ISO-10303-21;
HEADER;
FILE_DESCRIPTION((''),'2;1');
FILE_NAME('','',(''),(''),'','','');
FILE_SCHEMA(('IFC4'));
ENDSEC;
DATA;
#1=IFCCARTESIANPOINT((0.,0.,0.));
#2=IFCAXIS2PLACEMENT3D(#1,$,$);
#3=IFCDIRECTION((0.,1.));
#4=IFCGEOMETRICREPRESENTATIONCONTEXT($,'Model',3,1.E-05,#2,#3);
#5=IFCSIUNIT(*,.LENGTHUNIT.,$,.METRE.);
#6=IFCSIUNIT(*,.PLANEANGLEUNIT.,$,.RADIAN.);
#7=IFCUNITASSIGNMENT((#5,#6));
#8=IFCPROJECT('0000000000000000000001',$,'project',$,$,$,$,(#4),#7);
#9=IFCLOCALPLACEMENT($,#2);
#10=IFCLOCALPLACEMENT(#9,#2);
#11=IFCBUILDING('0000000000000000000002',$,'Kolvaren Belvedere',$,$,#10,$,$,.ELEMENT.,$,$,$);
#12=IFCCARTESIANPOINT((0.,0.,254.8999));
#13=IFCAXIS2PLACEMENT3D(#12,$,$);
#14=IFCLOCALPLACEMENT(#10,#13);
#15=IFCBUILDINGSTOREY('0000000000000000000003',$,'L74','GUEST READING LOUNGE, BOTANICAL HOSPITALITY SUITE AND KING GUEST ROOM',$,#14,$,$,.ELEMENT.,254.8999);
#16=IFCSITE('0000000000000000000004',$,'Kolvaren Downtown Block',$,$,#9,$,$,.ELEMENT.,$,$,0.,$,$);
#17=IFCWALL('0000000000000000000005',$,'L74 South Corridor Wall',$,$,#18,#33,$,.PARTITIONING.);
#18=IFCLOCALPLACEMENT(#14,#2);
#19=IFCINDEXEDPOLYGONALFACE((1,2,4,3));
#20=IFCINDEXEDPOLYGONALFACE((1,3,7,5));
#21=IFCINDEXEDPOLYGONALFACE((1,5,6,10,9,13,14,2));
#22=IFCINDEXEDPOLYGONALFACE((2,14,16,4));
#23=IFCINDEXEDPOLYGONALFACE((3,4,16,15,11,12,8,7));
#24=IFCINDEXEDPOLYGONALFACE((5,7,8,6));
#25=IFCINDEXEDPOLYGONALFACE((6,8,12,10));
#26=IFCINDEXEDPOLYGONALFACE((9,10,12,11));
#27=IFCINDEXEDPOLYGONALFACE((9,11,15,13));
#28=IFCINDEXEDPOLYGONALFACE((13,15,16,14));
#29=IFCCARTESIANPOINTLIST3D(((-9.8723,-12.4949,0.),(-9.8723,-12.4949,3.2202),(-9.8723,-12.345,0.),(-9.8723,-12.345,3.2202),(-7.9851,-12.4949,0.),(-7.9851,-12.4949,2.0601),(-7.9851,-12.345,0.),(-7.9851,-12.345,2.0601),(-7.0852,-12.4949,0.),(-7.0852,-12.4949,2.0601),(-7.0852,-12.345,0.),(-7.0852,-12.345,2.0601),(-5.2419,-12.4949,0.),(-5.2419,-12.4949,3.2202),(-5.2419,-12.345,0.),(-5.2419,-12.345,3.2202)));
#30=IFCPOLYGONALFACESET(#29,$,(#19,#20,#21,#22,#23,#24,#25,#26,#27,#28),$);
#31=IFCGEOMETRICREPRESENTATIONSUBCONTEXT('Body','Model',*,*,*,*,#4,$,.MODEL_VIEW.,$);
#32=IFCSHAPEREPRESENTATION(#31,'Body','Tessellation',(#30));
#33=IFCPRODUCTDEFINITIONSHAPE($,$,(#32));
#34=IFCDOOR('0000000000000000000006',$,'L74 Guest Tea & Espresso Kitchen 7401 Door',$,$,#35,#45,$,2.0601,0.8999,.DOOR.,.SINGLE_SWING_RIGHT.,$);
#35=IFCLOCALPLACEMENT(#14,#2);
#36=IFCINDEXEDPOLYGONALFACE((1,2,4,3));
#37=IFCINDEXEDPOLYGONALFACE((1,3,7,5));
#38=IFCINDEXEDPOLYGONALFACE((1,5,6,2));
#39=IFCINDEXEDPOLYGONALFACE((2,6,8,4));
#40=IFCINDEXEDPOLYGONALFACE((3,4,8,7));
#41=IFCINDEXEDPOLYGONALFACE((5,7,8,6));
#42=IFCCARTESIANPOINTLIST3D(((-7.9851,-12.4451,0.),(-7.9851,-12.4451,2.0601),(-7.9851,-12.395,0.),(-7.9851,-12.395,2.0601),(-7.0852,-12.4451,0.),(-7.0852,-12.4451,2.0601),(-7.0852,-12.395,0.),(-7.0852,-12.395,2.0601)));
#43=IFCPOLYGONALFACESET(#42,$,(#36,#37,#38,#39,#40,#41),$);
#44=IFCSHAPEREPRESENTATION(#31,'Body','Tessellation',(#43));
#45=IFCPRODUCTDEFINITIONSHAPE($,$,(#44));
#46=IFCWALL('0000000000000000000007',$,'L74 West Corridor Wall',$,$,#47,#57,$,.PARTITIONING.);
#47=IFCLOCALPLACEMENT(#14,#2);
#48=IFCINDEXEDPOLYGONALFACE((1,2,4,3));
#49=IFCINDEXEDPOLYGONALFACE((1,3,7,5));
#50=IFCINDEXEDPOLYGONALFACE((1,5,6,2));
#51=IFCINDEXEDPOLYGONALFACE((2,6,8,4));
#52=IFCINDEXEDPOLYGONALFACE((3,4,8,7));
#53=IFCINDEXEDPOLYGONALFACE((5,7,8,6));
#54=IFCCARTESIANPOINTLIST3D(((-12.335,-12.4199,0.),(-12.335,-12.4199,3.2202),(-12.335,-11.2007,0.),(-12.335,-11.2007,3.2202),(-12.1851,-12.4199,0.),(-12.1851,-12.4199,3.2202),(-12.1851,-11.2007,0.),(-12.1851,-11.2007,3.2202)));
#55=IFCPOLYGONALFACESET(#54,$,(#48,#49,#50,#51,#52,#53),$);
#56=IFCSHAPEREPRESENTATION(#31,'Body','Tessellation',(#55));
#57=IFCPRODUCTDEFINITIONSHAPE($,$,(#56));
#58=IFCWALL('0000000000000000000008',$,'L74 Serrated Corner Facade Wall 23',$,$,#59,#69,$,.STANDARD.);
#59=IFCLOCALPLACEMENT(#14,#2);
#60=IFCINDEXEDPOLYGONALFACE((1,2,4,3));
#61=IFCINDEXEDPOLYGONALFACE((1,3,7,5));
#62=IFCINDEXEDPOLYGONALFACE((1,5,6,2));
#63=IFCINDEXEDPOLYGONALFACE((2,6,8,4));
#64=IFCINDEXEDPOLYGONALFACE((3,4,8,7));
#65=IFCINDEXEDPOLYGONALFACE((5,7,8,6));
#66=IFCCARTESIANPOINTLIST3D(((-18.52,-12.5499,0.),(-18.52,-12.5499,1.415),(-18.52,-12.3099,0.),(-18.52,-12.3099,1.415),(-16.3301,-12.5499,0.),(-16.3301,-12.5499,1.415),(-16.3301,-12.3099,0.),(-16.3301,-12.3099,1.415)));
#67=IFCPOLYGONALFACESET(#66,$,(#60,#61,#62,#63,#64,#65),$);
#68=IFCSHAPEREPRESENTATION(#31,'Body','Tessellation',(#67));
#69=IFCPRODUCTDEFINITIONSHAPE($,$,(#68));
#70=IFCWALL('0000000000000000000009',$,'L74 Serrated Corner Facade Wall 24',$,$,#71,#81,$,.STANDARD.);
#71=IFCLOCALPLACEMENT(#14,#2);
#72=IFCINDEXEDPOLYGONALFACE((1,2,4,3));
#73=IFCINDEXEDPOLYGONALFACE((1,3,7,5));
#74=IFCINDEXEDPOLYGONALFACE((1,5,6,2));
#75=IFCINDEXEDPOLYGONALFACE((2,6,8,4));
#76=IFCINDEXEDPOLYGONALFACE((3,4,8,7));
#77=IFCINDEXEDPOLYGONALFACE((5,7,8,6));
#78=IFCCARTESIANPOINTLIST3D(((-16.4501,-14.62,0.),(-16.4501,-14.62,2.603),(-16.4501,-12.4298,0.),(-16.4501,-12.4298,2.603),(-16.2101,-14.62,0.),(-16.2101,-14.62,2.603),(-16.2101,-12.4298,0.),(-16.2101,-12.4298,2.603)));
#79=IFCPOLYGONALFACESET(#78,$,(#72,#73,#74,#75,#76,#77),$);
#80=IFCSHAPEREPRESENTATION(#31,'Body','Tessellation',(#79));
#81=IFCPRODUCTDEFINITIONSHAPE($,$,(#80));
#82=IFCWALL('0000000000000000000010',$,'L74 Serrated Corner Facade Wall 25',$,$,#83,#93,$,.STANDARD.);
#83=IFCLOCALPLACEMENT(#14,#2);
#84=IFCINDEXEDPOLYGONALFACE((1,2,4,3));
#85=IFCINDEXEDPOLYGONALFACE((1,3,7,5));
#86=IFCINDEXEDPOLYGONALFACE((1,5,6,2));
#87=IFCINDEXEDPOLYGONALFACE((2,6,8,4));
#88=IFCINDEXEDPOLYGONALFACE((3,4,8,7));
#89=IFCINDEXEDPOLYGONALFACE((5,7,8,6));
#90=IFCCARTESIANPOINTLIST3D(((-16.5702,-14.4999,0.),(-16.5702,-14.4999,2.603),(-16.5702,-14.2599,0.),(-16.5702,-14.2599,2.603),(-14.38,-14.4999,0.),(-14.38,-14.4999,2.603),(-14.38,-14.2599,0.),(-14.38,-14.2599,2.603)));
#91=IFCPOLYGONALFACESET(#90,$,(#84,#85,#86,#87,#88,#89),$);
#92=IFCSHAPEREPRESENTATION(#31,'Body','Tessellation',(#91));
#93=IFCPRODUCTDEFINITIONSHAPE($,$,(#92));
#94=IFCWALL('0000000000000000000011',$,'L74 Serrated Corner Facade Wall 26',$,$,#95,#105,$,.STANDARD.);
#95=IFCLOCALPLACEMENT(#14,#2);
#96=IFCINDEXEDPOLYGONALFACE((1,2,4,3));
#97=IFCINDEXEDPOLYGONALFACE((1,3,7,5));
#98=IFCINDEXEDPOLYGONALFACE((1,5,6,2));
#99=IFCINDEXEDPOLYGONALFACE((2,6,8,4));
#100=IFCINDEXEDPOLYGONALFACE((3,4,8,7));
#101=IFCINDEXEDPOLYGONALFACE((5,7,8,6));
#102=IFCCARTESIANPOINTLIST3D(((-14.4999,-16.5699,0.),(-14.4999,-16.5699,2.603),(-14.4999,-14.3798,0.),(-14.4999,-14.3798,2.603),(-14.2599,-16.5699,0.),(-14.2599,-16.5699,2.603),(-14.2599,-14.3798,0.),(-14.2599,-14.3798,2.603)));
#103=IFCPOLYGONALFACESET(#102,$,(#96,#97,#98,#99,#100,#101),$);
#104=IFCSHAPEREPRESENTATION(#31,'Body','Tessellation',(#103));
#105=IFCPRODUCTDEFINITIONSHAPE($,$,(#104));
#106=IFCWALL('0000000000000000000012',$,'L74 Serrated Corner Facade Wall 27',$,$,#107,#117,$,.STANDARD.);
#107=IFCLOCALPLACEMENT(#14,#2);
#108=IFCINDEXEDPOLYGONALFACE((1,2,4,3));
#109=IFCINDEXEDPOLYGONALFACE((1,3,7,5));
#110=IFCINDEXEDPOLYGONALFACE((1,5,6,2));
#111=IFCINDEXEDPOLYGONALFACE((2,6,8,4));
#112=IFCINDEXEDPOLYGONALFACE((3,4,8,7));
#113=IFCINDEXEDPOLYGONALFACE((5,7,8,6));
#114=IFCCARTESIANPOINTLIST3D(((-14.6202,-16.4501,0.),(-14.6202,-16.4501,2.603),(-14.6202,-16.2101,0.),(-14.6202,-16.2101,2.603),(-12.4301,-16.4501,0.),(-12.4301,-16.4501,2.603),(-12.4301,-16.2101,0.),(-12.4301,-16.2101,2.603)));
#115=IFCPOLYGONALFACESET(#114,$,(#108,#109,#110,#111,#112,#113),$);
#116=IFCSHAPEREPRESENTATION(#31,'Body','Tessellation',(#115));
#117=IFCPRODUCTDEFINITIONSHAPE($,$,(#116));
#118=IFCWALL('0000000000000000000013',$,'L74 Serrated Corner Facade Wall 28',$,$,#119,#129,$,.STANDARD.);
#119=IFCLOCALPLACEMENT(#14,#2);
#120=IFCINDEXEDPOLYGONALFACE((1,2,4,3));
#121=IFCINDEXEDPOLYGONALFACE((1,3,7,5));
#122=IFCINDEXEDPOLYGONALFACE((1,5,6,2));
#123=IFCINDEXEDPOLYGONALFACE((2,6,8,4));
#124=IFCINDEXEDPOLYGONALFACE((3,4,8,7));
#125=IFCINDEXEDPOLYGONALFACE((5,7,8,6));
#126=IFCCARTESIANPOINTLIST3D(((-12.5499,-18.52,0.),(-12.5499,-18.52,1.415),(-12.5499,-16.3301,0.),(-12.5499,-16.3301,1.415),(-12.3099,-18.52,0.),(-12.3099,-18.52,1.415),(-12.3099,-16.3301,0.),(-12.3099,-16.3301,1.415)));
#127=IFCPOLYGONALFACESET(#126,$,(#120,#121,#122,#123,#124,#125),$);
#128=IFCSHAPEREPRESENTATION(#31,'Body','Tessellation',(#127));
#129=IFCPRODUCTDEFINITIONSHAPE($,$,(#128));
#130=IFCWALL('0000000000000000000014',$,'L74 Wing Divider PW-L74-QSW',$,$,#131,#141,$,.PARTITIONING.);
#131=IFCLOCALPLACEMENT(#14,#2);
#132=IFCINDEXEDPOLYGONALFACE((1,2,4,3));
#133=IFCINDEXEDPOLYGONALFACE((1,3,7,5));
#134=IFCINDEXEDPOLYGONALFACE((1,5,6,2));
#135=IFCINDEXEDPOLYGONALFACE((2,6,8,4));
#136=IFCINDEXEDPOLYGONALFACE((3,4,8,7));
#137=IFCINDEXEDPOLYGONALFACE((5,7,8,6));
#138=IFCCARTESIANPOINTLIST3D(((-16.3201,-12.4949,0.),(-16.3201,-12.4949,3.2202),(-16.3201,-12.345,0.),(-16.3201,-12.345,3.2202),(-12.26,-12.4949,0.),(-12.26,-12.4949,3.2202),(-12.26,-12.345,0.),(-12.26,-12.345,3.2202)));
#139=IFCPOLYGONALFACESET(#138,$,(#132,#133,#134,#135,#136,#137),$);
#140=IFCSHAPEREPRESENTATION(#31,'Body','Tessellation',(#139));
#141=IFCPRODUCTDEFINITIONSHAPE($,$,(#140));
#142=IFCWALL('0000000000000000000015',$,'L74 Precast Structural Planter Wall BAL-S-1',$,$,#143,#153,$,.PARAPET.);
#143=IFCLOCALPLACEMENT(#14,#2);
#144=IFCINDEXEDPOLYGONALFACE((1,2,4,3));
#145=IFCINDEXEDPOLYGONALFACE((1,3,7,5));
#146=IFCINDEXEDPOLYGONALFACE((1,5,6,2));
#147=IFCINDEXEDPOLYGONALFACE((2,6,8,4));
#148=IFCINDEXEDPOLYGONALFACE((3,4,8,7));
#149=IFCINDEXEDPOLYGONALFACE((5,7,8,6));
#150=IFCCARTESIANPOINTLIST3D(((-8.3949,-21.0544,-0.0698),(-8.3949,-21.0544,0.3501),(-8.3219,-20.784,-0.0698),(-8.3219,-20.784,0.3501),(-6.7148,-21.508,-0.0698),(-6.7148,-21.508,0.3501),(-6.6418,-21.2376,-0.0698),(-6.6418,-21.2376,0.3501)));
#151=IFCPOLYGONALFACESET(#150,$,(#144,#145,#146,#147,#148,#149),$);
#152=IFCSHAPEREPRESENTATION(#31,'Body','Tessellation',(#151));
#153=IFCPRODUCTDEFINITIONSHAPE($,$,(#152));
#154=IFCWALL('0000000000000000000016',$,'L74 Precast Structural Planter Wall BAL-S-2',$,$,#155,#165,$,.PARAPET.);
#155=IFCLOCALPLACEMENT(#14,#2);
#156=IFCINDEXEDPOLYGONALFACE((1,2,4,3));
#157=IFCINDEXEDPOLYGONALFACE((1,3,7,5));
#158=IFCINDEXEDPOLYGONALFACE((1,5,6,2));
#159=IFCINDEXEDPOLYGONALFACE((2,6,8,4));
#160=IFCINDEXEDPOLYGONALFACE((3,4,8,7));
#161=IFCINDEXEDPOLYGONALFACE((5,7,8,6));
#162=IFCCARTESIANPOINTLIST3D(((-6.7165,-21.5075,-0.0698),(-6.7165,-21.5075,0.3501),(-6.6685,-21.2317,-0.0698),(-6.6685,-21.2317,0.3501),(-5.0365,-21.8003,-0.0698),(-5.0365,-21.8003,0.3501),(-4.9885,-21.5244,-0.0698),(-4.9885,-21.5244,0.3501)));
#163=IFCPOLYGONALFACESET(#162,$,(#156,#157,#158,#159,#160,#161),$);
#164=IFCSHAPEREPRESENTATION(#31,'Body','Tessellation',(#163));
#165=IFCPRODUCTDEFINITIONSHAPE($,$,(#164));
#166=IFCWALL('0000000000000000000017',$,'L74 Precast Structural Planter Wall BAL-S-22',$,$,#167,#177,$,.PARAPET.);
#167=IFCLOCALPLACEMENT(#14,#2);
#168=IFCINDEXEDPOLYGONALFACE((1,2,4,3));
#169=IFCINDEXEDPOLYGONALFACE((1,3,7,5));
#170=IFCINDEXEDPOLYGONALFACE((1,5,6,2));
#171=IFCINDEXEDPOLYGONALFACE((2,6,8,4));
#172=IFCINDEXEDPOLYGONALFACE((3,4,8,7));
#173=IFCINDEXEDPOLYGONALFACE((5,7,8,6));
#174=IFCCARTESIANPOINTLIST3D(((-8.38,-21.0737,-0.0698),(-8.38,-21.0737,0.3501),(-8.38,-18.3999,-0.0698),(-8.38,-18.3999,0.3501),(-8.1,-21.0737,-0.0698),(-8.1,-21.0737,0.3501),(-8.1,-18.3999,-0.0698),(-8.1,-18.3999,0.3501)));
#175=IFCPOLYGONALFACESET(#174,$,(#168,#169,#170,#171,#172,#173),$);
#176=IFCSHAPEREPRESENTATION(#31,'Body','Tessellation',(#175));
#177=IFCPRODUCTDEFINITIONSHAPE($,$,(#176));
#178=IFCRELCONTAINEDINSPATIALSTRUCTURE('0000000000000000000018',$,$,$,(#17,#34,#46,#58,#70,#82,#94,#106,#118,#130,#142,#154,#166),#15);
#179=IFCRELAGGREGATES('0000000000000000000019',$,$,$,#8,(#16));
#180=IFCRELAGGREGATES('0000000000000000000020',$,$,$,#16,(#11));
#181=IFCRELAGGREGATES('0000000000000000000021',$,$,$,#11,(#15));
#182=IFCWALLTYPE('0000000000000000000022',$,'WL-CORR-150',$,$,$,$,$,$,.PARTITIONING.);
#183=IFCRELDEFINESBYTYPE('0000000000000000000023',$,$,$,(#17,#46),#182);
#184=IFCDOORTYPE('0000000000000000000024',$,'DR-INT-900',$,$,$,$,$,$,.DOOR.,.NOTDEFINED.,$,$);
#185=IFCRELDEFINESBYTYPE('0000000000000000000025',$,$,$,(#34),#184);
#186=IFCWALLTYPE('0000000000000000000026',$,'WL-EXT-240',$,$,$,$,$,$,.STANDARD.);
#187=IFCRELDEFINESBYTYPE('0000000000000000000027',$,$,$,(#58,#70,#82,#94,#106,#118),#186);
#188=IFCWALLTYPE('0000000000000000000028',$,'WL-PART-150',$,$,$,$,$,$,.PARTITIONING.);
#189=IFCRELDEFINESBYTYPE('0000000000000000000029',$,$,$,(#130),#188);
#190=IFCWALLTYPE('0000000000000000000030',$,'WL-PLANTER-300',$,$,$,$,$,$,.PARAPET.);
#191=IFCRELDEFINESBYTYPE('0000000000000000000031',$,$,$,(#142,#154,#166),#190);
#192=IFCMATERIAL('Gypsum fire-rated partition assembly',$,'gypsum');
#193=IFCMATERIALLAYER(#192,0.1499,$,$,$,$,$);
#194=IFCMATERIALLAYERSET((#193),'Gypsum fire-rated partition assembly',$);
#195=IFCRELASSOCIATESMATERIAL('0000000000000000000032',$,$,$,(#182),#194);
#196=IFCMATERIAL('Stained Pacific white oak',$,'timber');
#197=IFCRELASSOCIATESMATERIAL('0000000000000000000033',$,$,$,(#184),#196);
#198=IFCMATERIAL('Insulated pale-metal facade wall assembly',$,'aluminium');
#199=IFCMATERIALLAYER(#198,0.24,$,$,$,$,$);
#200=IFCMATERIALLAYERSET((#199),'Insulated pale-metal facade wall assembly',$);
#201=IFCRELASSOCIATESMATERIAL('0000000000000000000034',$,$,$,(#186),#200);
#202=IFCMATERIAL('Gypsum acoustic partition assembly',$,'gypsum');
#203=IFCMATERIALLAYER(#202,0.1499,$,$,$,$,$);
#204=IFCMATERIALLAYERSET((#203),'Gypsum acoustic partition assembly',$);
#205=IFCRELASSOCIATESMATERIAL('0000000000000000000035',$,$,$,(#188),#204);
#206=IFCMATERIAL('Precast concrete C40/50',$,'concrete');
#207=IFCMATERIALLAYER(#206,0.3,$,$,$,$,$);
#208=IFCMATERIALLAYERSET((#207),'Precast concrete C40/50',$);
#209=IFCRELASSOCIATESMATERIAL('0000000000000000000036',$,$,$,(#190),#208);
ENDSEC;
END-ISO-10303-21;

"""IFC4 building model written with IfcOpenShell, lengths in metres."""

from ifc_helpers import new_model, si_unit, direction, frame, frame_2d, origin, place, context, subcontext, project, spatial, rectangle, extrude, material, layer, layer_set, type_object, element, fill, save


model = new_model("IFC4")

# Units and contexts
model_context = context("Model", 3, precision=1e-05, world=origin(), true_north=direction((0.0, 1.0)))
body_context = subcontext(model_context, "Body", "Model", "MODEL_VIEW")
ifc_project = project(units=[si_unit("LENGTHUNIT", "METRE"), si_unit("PLANEANGLEUNIT", "RADIAN")], contexts=[model_context])

# Site, building, storey
site_placement = place(None, origin())
site = spatial("IfcSite", under=ifc_project, at=site_placement, Name="Kolvaren Downtown Block", CompositionType="ELEMENT", RefElevation=0.0)
building_placement = place(site_placement, origin())
building = spatial("IfcBuilding", under=site, at=building_placement, Name="Kolvaren Belvedere", CompositionType="ELEMENT")
storey_placement = place(building_placement, frame((0.0, 0.0, 254.8999)))
storey = spatial("IfcBuildingStorey", under=building, at=storey_placement, Name="L74", Description="GUEST READING LOUNGE, BOTANICAL HOSPITALITY SUITE AND KING GUEST ROOM", CompositionType="ELEMENT", Elevation=254.8999)

# Shared definitions
ifc_material_1 = material(Name="Gypsum fire-rated partition assembly", Category="gypsum")
ifc_layer_1 = layer(ifc_material_1, 0.1499)
ifc_layer_set_1 = layer_set([ifc_layer_1], Name="Gypsum fire-rated partition assembly")
wall_type_1 = type_object("IfcWallType", Name="WL-CORR-150", PredefinedType="PARTITIONING", material=ifc_layer_set_1)

# Wall, opening, door
wall_1_placement = place(storey_placement, frame((-9.8723, -12.4199, 0.0), z_axis=(0.0, 0.0, 1.0), x_axis=(1.0, 0.0, 0.0)))
wall_1 = element("IfcWall", 1, at=wall_1_placement, inside=storey, type_object=wall_type_1, Name="L74 South Corridor Wall", PredefinedType="PARTITIONING", context=body_context, shape_type="SweptSolid", body=[
    extrude(rectangle(XDim=4.6304, YDim=0.1499, at=frame_2d((2.3152, 0.0))), origin(), (0.0, 0.0, 1.0), 3.2202),
])
opening_placement = place(wall_1_placement, frame((1.8872, 0.0, 0.0)))
opening = element("IfcOpeningElement", 2, at=opening_placement, cuts=wall_1, PredefinedType="OPENING", context=body_context, shape_type="SweptSolid", body=[
    extrude(rectangle(XDim=0.8999, YDim=2.0601, at=frame_2d((0.45, 1.03))), frame((0.0, 0.085, 0.0), z_axis=(0.0, -1.0, 0.0), x_axis=(1.0, 0.0, 0.0)), (0.0, 0.0, 1.0), 0.1699),
])
ifc_material_2 = material(Name="Stained Pacific white oak", Category="timber")
door_type = type_object("IfcDoorType", Name="DR-INT-900", OperationType="NOTDEFINED", PredefinedType="DOOR", material=ifc_material_2)
door_placement = place(opening_placement, origin())
door = element("IfcDoor", 3, at=door_placement, inside=storey, type_object=door_type, Name="L74 Guest Tea & Espresso Kitchen 7401 Door", OperationType="SINGLE_SWING_RIGHT", OverallHeight=2.0601, OverallWidth=0.8999, PredefinedType="DOOR", context=body_context, shape_type="SweptSolid", body=[
    extrude(rectangle(XDim=0.8999, YDim=2.0601, at=frame_2d((0.45, 1.03))), frame((0.0, 0.0249, 0.0), z_axis=(0.0, -1.0, 0.0), x_axis=(1.0, 0.0, 0.0)), (0.0, 0.0, 1.0), 0.05),
])
fill(opening, door)

# Walls
wall_2_placement = place(storey_placement, frame((-12.26, -12.4199, 0.0), z_axis=(0.0, 0.0, 1.0), x_axis=(0.0, 1.0, 0.0)))
element("IfcWall", 4, at=wall_2_placement, inside=storey, type_object=wall_type_1, Name="L74 West Corridor Wall", PredefinedType="PARTITIONING", context=body_context, shape_type="SweptSolid", body=[
    extrude(rectangle(XDim=1.2192, YDim=0.1499, at=frame_2d((0.6096, 0.0))), origin(), (0.0, 0.0, 1.0), 3.2202),
])
ifc_material_3 = material(Name="Insulated pale-metal facade wall assembly", Category="aluminium")
ifc_layer_2 = layer(ifc_material_3, 0.24)
ifc_layer_set_2 = layer_set([ifc_layer_2], Name="Insulated pale-metal facade wall assembly")
wall_type_2 = type_object("IfcWallType", Name="WL-EXT-240", PredefinedType="STANDARD", material=ifc_layer_set_2)
wall_3_placement = place(storey_placement, frame((-16.3301, -12.4299, 0.0), z_axis=(0.0, 0.0, 1.0), x_axis=(-1.0, 0.0, 0.0)))
element("IfcWall", 5, at=wall_3_placement, inside=storey, type_object=wall_type_2, Name="L74 Serrated Corner Facade Wall 23", PredefinedType="STANDARD", context=body_context, shape_type="SweptSolid", body=[
    extrude(rectangle(XDim=2.1899, YDim=0.24, at=frame_2d((1.095, 0.0))), origin(), (0.0, 0.0, 1.0), 1.415),
])
for number, where, z_axis, x_axis, name in (
    (6, (-16.3301, -14.6201, 0.0), (0.0, 0.0, 1.0), (0.0, 1.0, 0.0), "L74 Serrated Corner Facade Wall 24"),
    (7, (-14.3799, -14.3799, 0.0), (0.0, 0.0, 1.0), (-1.0, 0.0, 0.0), "L74 Serrated Corner Facade Wall 25"),
    (8, (-14.3799, -16.5701, 0.0), (0.0, 0.0, 1.0), (0.0, 1.0, 0.0), "L74 Serrated Corner Facade Wall 26"),
    (9, (-12.4299, -16.3301, 0.0), (0.0, 0.0, 1.0), (-1.0, 0.0, 0.0), "L74 Serrated Corner Facade Wall 27"),
):
    element("IfcWall", number, at=place(storey_placement, frame(where, z_axis=z_axis, x_axis=x_axis)), inside=storey, type_object=wall_type_2, Name=name, PredefinedType="STANDARD", context=body_context, shape_type="SweptSolid", body=[
        extrude(rectangle(XDim=2.1902, YDim=0.24, at=frame_2d((1.0952, 0.0))), origin(), (0.0, 0.0, 1.0), 2.603),
    ])
wall_4_placement = place(storey_placement, frame((-12.4299, -18.52, 0.0), z_axis=(0.0, 0.0, 1.0), x_axis=(0.0, 1.0, 0.0)))
element("IfcWall", 10, at=wall_4_placement, inside=storey, type_object=wall_type_2, Name="L74 Serrated Corner Facade Wall 28", PredefinedType="STANDARD", context=body_context, shape_type="SweptSolid", body=[
    extrude(rectangle(XDim=2.1899, YDim=0.24, at=frame_2d((1.095, 0.0))), origin(), (0.0, 0.0, 1.0), 1.415),
])
ifc_material_4 = material(Name="Gypsum acoustic partition assembly", Category="gypsum")
ifc_layer_3 = layer(ifc_material_4, 0.1499)
ifc_layer_set_3 = layer_set([ifc_layer_3], Name="Gypsum acoustic partition assembly")
wall_type_3 = type_object("IfcWallType", Name="WL-PART-150", PredefinedType="PARTITIONING", material=ifc_layer_set_3)
wall_5_placement = place(storey_placement, frame((-16.3201, -12.4199, 0.0), z_axis=(0.0, 0.0, 1.0), x_axis=(1.0, 0.0, 0.0)))
element("IfcWall", 11, at=wall_5_placement, inside=storey, type_object=wall_type_3, Name="L74 Wing Divider PW-L74-QSW", PredefinedType="PARTITIONING", context=body_context, shape_type="SweptSolid", body=[
    extrude(rectangle(XDim=4.0601, YDim=0.1499, at=frame_2d((2.03, 0.0))), origin(), (0.0, 0.0, 1.0), 3.2202),
])
ifc_material_5 = material(Name="Precast concrete C40/50", Category="concrete")
ifc_layer_4 = layer(ifc_material_5, 0.3)
ifc_layer_set_4 = layer_set([ifc_layer_4], Name="Precast concrete C40/50")
wall_type_4 = type_object("IfcWallType", Name="WL-PLANTER-300", PredefinedType="PARAPET", material=ifc_layer_set_4)
wall_6_placement = place(storey_placement, frame((-8.3584, -20.9192, -0.0698), z_axis=(0.0, 0.0, 1.0), x_axis=(0.965434, -0.260648, 0.0)))
element("IfcWall", 12, at=wall_6_placement, inside=storey, type_object=wall_type_4, Name="L74 Precast Structural Planter Wall BAL-S-1", PredefinedType="PARAPET", context=body_context, shape_type="SweptSolid", body=[
    extrude(rectangle(XDim=1.7402, YDim=0.28, at=frame_2d((0.8701, 0.0))), origin(), (0.0, 0.0, 1.0), 0.4199),
])
wall_7_placement = place(storey_placement, frame((-6.6924, -21.3696, -0.0698), z_axis=(0.0, 0.0, 1.0), x_axis=(0.985156, -0.171661, 0.0)))
element("IfcWall", 13, at=wall_7_placement, inside=storey, type_object=wall_type_4, Name="L74 Precast Structural Planter Wall BAL-S-2", PredefinedType="PARAPET", context=body_context, shape_type="SweptSolid", body=[
    extrude(rectangle(XDim=1.7053, YDim=0.28, at=frame_2d((0.8525, 0.0))), origin(), (0.0, 0.0, 1.0), 0.4199),
])
wall_8_placement = place(storey_placement, frame((-8.24, -18.3999, -0.0698), z_axis=(0.0, 0.0, 1.0), x_axis=(0.0, -1.0, 0.0)))
element("IfcWall", 14, at=wall_8_placement, inside=storey, type_object=wall_type_4, Name="L74 Precast Structural Planter Wall BAL-S-22", PredefinedType="PARAPET", context=body_context, shape_type="SweptSolid", body=[
    extrude(rectangle(XDim=2.6738, YDim=0.28, at=frame_2d((1.3369, 0.0))), origin(), (0.0, 0.0, 1.0), 0.4199),
])

save(model, "model.ifc")
